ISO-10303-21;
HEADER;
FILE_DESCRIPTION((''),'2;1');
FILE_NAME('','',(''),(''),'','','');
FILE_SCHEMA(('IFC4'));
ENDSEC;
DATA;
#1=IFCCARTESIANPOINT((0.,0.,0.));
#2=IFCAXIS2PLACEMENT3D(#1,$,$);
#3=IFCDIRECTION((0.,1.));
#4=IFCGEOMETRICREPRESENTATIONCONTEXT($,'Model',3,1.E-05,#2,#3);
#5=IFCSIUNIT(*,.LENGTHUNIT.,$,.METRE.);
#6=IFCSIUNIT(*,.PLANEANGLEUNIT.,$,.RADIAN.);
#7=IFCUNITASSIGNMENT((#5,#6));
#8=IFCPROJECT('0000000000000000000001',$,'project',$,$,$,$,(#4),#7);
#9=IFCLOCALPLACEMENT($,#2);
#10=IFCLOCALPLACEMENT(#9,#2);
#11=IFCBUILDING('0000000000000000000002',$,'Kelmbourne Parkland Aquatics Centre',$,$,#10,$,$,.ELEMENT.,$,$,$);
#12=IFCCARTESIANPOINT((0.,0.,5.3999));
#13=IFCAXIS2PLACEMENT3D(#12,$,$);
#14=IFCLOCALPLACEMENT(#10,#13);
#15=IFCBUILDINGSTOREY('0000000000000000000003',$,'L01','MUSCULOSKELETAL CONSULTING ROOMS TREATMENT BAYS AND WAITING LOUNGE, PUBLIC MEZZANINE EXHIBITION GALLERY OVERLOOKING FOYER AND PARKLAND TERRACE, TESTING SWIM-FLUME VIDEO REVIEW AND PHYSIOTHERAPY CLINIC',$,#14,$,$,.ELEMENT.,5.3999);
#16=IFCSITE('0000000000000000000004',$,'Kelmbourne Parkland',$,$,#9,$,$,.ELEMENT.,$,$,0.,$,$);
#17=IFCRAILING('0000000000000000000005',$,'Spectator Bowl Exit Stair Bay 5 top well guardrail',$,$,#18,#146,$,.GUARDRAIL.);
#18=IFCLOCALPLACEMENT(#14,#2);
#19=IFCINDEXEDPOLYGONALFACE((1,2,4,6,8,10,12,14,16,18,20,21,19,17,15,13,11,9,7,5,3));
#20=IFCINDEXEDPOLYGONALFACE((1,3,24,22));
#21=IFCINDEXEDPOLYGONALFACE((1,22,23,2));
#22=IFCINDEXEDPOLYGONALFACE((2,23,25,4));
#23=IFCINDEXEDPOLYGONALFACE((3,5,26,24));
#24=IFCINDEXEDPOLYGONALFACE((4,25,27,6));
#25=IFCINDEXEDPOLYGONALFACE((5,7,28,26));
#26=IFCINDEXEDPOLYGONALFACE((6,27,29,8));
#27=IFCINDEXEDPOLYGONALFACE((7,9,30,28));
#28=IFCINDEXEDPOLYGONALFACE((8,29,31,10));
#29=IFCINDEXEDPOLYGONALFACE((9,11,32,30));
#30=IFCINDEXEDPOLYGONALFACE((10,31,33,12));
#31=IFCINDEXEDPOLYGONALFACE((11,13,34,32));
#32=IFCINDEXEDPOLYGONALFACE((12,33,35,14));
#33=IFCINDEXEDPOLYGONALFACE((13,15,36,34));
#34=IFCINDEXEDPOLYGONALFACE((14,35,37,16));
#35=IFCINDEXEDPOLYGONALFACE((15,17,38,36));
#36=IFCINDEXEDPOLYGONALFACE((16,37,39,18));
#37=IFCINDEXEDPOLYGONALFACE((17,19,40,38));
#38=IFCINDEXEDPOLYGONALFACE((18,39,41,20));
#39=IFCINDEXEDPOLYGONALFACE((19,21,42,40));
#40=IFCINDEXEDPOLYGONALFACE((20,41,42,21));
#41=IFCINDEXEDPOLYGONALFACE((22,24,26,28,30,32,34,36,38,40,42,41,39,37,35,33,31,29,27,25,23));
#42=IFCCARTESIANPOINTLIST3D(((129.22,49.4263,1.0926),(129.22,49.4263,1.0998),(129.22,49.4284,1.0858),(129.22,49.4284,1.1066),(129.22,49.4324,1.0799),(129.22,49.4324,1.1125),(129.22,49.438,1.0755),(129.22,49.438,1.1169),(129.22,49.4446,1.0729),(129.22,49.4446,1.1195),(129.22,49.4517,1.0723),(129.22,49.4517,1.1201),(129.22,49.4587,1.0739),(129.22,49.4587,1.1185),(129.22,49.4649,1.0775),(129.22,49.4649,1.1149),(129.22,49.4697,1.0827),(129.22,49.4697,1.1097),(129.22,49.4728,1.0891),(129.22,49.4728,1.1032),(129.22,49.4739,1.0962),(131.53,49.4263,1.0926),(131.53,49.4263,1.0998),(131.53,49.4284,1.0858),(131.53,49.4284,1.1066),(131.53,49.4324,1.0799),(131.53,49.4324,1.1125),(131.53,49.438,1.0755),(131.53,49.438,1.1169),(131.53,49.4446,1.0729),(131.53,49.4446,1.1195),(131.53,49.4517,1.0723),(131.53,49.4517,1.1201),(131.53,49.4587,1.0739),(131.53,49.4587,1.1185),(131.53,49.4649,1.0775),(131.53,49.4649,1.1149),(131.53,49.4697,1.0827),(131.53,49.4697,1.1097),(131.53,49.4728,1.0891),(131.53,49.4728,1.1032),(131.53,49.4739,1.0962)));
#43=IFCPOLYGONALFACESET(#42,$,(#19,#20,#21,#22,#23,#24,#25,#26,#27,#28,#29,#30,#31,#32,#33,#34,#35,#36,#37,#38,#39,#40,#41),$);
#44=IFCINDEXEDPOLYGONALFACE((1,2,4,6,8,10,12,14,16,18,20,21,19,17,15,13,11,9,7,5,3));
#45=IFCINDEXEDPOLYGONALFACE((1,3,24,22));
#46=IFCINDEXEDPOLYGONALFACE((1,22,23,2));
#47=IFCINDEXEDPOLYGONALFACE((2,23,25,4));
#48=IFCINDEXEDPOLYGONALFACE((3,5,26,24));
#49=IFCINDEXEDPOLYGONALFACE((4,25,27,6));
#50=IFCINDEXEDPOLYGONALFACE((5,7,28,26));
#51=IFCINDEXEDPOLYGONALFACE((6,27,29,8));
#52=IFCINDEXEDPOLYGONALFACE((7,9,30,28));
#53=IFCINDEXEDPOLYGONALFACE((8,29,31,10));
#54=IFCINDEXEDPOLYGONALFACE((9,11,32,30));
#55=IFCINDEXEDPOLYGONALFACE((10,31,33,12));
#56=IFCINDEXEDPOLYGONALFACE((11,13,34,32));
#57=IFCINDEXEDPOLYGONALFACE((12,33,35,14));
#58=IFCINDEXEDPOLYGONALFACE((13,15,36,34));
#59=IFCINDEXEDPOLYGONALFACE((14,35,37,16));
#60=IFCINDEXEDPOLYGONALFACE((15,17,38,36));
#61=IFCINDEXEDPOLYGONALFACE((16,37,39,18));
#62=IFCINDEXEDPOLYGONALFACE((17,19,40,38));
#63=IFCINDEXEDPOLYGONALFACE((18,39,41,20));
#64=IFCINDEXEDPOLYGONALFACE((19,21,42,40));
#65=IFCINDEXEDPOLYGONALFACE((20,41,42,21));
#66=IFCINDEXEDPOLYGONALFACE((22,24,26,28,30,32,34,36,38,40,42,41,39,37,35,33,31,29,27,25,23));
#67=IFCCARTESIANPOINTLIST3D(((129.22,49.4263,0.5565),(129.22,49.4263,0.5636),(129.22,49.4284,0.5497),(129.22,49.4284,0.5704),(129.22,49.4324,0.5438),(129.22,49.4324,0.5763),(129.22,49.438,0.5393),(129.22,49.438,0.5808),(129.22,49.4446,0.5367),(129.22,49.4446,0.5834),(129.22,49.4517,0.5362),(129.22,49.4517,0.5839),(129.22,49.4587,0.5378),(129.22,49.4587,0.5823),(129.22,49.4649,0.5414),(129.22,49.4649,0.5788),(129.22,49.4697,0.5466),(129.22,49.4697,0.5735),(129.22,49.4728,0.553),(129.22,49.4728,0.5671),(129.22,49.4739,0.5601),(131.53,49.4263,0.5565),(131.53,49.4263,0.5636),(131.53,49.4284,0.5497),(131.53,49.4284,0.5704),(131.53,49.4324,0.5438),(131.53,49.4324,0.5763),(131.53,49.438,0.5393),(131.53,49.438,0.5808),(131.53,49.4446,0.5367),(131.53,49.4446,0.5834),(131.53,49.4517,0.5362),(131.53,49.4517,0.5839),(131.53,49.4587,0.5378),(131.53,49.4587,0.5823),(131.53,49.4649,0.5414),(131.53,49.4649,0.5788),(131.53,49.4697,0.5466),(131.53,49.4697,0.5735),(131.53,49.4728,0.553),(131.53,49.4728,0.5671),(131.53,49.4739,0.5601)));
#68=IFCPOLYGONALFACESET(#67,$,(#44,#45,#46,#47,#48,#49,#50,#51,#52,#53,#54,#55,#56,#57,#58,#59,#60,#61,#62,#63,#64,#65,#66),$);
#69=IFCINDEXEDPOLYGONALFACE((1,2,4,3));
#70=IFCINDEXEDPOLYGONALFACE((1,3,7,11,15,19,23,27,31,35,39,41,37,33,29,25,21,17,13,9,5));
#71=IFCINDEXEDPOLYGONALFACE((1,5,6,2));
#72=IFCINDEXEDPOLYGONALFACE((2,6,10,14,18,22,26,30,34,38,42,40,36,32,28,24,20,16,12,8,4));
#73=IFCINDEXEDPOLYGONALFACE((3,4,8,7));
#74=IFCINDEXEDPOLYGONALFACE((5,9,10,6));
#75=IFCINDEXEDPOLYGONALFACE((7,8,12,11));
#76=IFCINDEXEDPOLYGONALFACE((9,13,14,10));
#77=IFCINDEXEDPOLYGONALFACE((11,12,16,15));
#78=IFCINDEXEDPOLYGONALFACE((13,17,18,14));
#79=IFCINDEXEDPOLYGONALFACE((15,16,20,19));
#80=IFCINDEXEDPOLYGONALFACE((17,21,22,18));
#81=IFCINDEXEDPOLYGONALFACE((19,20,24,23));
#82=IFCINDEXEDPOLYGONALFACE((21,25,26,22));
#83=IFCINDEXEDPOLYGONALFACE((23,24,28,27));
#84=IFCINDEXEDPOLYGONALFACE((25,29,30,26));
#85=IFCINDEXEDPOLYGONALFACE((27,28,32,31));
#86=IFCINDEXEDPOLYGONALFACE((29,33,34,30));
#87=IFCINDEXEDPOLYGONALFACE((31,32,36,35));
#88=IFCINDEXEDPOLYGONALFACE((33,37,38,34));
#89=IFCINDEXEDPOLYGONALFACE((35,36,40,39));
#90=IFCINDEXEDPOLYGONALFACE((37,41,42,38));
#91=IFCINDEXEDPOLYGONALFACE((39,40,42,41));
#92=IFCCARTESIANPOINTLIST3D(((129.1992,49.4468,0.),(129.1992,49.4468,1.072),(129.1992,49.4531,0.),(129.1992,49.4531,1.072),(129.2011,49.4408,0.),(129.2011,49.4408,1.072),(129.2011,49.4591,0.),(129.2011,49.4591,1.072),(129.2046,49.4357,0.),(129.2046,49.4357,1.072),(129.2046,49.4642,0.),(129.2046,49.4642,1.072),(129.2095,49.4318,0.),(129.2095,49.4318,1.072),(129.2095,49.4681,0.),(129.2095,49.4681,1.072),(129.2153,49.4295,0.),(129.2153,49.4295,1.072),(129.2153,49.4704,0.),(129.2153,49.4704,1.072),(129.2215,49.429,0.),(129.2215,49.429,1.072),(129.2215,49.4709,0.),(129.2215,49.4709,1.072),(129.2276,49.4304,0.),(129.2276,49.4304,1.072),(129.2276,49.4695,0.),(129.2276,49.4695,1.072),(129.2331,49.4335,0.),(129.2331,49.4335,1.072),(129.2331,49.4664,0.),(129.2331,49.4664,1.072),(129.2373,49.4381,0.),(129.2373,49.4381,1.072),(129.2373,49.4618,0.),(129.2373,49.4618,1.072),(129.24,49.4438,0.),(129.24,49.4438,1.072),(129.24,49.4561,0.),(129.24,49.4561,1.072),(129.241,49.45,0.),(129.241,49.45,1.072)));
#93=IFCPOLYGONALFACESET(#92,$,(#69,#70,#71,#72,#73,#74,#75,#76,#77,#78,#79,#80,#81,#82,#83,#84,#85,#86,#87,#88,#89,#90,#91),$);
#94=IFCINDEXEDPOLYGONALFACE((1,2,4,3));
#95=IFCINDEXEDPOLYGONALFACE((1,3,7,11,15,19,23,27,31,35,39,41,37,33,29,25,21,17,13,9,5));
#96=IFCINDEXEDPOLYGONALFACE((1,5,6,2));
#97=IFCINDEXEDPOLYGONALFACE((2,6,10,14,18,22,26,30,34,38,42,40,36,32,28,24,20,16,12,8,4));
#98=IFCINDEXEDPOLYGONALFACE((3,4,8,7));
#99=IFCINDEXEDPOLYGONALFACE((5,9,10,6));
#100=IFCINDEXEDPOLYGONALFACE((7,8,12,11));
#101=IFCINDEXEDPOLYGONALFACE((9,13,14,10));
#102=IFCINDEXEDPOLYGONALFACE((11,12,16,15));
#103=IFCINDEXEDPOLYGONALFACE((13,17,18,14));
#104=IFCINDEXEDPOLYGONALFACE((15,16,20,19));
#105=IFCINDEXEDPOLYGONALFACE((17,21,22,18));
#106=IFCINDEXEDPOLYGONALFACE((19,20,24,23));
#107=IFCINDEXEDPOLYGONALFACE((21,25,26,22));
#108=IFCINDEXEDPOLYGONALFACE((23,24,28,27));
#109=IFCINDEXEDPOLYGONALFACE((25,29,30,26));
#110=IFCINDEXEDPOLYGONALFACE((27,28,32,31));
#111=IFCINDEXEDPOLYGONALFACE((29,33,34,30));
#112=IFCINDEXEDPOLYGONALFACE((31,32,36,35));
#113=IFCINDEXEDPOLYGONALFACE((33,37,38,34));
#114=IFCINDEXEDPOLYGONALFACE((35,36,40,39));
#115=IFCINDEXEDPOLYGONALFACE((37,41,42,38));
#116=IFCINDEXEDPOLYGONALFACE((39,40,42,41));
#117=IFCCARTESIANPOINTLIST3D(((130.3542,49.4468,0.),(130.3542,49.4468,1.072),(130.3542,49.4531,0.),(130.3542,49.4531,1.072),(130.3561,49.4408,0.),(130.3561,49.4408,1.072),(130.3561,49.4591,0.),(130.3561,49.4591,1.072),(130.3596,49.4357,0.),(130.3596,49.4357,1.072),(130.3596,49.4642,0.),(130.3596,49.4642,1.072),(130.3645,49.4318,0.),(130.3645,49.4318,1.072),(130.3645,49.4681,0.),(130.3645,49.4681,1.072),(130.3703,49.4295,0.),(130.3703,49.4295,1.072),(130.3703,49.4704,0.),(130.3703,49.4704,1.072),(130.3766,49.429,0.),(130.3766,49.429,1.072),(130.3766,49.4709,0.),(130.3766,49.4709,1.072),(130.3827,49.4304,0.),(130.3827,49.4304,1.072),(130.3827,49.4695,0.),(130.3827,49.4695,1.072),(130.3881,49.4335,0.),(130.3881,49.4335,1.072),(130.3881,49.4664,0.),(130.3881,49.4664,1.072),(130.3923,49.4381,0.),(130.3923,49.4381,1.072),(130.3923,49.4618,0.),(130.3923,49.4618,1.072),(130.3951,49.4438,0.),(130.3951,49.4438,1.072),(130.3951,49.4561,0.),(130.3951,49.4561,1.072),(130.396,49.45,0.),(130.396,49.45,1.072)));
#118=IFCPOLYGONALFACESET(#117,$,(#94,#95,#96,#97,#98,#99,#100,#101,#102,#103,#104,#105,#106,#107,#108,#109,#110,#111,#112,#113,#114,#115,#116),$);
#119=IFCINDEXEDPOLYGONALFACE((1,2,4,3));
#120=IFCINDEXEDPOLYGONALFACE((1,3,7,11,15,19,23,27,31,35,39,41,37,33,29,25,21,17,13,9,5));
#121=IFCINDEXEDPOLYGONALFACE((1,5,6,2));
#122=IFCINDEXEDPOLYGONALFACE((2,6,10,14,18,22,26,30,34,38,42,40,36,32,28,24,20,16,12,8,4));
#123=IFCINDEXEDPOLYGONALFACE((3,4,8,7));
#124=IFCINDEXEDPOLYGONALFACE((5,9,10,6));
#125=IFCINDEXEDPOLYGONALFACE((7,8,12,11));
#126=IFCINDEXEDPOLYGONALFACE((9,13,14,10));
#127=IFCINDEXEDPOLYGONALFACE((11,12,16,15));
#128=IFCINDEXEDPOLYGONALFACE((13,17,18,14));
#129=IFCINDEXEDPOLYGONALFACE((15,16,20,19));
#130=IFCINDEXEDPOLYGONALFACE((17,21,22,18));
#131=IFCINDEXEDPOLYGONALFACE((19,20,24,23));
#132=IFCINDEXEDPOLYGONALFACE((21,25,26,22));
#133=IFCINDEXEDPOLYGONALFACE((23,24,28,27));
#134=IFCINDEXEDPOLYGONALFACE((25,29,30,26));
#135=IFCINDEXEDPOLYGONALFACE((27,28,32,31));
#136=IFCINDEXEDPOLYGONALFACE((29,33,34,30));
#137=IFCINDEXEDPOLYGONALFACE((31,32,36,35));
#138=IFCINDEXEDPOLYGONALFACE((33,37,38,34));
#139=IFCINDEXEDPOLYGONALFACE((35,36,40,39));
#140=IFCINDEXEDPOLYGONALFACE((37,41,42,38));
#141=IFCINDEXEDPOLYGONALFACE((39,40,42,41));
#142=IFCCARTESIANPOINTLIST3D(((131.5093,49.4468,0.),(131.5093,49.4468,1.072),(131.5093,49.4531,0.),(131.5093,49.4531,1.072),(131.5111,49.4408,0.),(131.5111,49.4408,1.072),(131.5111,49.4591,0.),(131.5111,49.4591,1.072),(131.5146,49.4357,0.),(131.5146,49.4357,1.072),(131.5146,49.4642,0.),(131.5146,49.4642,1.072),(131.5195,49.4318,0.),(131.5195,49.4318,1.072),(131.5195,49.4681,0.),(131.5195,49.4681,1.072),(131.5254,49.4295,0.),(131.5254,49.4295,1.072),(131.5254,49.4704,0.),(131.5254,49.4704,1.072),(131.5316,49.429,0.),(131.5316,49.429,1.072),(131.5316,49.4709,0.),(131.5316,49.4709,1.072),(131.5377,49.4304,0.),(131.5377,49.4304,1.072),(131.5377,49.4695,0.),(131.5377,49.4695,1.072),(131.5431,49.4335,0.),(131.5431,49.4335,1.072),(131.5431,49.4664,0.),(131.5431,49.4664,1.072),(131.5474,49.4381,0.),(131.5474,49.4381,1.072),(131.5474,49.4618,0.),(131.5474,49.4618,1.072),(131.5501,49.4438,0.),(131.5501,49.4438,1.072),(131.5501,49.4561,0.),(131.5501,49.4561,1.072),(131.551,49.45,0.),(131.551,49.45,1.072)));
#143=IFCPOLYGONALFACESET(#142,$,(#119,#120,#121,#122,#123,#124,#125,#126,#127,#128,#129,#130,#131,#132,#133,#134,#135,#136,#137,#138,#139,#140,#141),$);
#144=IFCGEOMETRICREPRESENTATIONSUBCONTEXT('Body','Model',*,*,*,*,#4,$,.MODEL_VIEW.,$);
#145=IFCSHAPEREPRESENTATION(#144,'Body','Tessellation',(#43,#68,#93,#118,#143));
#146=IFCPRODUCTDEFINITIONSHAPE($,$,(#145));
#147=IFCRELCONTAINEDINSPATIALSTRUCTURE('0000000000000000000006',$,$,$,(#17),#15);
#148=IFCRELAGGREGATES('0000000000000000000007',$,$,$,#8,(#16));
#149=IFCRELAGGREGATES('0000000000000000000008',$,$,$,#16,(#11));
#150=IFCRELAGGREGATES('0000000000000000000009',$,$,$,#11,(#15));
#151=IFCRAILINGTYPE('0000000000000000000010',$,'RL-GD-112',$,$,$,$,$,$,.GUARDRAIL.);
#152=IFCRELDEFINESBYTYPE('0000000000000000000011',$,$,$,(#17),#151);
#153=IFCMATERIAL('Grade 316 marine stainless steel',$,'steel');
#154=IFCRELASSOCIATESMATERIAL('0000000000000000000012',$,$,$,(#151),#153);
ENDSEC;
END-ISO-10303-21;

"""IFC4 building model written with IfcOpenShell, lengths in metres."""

from ifc_helpers import new_model, si_unit, direction, frame, origin, origin_2d, place, context, subcontext, project, spatial, circle, extrude, material, type_object, element, save


model = new_model("IFC4")

# Units and contexts
model_context = context("Model", 3, precision=1e-05, world=origin(), true_north=direction((0.0, 1.0)))
body_context = subcontext(model_context, "Body", "Model", "MODEL_VIEW")
ifc_project = project(units=[si_unit("LENGTHUNIT", "METRE"), si_unit("PLANEANGLEUNIT", "RADIAN")], contexts=[model_context])

# Site, building, storey
site_placement = place(None, origin())
site = spatial("IfcSite", under=ifc_project, at=site_placement, Name="Kelmbourne Parkland", CompositionType="ELEMENT", RefElevation=0.0)
building_placement = place(site_placement, origin())
building = spatial("IfcBuilding", under=site, at=building_placement, Name="Kelmbourne Parkland Aquatics Centre", CompositionType="ELEMENT")
storey_placement = place(building_placement, frame((0.0, 0.0, 5.3999)))
storey = spatial("IfcBuildingStorey", under=building, at=storey_placement, Name="L01", Description="MUSCULOSKELETAL CONSULTING ROOMS TREATMENT BAYS AND WAITING LOUNGE, PUBLIC MEZZANINE EXHIBITION GALLERY OVERLOOKING FOYER AND PARKLAND TERRACE, TESTING SWIM-FLUME VIDEO REVIEW AND PHYSIOTHERAPY CLINIC", CompositionType="ELEMENT", Elevation=5.3999)

# Railing
ifc_material_1 = material(Name="Grade 316 marine stainless steel", Category="steel")
railing_type_1 = type_object("IfcRailingType", Name="RL-GD-112", PredefinedType="GUARDRAIL", material=ifc_material_1)
railing_1_placement = place(storey_placement, frame((129.22, 49.45, 0.0)))
element("IfcRailing", 1, at=railing_1_placement, inside=storey, type_object=railing_type_1, Name="Spectator Bowl Exit Stair Bay 5 top well guardrail", PredefinedType="GUARDRAIL", context=body_context, shape_type="SweptSolid", body=[
    extrude(circle(Radius=0.0239, at=origin_2d()), frame((0.0, 0.0, 1.0962), z_axis=(1.0, 0.0, 0.0), x_axis=(0.0, 1.0, 0.0)), (0.0, 0.0, 1.0), 2.3101),
    extrude(circle(Radius=0.0239, at=origin_2d()), frame((0.0, 0.0, 0.5601), z_axis=(1.0, 0.0, 0.0), x_axis=(0.0, 1.0, 0.0)), (0.0, 0.0, 1.0), 2.3101),
    extrude(circle(Radius=0.021, at=origin_2d()), origin(), (0.0, 0.0, 1.0), 1.072),
    extrude(circle(Radius=0.021, at=origin_2d()), frame((1.155, 0.0, 0.0)), (0.0, 0.0, 1.0), 1.072),
    extrude(circle(Radius=0.021, at=origin_2d()), frame((2.3101, 0.0, 0.0)), (0.0, 0.0, 1.0), 1.072),
])

save(model, "model.ifc")
